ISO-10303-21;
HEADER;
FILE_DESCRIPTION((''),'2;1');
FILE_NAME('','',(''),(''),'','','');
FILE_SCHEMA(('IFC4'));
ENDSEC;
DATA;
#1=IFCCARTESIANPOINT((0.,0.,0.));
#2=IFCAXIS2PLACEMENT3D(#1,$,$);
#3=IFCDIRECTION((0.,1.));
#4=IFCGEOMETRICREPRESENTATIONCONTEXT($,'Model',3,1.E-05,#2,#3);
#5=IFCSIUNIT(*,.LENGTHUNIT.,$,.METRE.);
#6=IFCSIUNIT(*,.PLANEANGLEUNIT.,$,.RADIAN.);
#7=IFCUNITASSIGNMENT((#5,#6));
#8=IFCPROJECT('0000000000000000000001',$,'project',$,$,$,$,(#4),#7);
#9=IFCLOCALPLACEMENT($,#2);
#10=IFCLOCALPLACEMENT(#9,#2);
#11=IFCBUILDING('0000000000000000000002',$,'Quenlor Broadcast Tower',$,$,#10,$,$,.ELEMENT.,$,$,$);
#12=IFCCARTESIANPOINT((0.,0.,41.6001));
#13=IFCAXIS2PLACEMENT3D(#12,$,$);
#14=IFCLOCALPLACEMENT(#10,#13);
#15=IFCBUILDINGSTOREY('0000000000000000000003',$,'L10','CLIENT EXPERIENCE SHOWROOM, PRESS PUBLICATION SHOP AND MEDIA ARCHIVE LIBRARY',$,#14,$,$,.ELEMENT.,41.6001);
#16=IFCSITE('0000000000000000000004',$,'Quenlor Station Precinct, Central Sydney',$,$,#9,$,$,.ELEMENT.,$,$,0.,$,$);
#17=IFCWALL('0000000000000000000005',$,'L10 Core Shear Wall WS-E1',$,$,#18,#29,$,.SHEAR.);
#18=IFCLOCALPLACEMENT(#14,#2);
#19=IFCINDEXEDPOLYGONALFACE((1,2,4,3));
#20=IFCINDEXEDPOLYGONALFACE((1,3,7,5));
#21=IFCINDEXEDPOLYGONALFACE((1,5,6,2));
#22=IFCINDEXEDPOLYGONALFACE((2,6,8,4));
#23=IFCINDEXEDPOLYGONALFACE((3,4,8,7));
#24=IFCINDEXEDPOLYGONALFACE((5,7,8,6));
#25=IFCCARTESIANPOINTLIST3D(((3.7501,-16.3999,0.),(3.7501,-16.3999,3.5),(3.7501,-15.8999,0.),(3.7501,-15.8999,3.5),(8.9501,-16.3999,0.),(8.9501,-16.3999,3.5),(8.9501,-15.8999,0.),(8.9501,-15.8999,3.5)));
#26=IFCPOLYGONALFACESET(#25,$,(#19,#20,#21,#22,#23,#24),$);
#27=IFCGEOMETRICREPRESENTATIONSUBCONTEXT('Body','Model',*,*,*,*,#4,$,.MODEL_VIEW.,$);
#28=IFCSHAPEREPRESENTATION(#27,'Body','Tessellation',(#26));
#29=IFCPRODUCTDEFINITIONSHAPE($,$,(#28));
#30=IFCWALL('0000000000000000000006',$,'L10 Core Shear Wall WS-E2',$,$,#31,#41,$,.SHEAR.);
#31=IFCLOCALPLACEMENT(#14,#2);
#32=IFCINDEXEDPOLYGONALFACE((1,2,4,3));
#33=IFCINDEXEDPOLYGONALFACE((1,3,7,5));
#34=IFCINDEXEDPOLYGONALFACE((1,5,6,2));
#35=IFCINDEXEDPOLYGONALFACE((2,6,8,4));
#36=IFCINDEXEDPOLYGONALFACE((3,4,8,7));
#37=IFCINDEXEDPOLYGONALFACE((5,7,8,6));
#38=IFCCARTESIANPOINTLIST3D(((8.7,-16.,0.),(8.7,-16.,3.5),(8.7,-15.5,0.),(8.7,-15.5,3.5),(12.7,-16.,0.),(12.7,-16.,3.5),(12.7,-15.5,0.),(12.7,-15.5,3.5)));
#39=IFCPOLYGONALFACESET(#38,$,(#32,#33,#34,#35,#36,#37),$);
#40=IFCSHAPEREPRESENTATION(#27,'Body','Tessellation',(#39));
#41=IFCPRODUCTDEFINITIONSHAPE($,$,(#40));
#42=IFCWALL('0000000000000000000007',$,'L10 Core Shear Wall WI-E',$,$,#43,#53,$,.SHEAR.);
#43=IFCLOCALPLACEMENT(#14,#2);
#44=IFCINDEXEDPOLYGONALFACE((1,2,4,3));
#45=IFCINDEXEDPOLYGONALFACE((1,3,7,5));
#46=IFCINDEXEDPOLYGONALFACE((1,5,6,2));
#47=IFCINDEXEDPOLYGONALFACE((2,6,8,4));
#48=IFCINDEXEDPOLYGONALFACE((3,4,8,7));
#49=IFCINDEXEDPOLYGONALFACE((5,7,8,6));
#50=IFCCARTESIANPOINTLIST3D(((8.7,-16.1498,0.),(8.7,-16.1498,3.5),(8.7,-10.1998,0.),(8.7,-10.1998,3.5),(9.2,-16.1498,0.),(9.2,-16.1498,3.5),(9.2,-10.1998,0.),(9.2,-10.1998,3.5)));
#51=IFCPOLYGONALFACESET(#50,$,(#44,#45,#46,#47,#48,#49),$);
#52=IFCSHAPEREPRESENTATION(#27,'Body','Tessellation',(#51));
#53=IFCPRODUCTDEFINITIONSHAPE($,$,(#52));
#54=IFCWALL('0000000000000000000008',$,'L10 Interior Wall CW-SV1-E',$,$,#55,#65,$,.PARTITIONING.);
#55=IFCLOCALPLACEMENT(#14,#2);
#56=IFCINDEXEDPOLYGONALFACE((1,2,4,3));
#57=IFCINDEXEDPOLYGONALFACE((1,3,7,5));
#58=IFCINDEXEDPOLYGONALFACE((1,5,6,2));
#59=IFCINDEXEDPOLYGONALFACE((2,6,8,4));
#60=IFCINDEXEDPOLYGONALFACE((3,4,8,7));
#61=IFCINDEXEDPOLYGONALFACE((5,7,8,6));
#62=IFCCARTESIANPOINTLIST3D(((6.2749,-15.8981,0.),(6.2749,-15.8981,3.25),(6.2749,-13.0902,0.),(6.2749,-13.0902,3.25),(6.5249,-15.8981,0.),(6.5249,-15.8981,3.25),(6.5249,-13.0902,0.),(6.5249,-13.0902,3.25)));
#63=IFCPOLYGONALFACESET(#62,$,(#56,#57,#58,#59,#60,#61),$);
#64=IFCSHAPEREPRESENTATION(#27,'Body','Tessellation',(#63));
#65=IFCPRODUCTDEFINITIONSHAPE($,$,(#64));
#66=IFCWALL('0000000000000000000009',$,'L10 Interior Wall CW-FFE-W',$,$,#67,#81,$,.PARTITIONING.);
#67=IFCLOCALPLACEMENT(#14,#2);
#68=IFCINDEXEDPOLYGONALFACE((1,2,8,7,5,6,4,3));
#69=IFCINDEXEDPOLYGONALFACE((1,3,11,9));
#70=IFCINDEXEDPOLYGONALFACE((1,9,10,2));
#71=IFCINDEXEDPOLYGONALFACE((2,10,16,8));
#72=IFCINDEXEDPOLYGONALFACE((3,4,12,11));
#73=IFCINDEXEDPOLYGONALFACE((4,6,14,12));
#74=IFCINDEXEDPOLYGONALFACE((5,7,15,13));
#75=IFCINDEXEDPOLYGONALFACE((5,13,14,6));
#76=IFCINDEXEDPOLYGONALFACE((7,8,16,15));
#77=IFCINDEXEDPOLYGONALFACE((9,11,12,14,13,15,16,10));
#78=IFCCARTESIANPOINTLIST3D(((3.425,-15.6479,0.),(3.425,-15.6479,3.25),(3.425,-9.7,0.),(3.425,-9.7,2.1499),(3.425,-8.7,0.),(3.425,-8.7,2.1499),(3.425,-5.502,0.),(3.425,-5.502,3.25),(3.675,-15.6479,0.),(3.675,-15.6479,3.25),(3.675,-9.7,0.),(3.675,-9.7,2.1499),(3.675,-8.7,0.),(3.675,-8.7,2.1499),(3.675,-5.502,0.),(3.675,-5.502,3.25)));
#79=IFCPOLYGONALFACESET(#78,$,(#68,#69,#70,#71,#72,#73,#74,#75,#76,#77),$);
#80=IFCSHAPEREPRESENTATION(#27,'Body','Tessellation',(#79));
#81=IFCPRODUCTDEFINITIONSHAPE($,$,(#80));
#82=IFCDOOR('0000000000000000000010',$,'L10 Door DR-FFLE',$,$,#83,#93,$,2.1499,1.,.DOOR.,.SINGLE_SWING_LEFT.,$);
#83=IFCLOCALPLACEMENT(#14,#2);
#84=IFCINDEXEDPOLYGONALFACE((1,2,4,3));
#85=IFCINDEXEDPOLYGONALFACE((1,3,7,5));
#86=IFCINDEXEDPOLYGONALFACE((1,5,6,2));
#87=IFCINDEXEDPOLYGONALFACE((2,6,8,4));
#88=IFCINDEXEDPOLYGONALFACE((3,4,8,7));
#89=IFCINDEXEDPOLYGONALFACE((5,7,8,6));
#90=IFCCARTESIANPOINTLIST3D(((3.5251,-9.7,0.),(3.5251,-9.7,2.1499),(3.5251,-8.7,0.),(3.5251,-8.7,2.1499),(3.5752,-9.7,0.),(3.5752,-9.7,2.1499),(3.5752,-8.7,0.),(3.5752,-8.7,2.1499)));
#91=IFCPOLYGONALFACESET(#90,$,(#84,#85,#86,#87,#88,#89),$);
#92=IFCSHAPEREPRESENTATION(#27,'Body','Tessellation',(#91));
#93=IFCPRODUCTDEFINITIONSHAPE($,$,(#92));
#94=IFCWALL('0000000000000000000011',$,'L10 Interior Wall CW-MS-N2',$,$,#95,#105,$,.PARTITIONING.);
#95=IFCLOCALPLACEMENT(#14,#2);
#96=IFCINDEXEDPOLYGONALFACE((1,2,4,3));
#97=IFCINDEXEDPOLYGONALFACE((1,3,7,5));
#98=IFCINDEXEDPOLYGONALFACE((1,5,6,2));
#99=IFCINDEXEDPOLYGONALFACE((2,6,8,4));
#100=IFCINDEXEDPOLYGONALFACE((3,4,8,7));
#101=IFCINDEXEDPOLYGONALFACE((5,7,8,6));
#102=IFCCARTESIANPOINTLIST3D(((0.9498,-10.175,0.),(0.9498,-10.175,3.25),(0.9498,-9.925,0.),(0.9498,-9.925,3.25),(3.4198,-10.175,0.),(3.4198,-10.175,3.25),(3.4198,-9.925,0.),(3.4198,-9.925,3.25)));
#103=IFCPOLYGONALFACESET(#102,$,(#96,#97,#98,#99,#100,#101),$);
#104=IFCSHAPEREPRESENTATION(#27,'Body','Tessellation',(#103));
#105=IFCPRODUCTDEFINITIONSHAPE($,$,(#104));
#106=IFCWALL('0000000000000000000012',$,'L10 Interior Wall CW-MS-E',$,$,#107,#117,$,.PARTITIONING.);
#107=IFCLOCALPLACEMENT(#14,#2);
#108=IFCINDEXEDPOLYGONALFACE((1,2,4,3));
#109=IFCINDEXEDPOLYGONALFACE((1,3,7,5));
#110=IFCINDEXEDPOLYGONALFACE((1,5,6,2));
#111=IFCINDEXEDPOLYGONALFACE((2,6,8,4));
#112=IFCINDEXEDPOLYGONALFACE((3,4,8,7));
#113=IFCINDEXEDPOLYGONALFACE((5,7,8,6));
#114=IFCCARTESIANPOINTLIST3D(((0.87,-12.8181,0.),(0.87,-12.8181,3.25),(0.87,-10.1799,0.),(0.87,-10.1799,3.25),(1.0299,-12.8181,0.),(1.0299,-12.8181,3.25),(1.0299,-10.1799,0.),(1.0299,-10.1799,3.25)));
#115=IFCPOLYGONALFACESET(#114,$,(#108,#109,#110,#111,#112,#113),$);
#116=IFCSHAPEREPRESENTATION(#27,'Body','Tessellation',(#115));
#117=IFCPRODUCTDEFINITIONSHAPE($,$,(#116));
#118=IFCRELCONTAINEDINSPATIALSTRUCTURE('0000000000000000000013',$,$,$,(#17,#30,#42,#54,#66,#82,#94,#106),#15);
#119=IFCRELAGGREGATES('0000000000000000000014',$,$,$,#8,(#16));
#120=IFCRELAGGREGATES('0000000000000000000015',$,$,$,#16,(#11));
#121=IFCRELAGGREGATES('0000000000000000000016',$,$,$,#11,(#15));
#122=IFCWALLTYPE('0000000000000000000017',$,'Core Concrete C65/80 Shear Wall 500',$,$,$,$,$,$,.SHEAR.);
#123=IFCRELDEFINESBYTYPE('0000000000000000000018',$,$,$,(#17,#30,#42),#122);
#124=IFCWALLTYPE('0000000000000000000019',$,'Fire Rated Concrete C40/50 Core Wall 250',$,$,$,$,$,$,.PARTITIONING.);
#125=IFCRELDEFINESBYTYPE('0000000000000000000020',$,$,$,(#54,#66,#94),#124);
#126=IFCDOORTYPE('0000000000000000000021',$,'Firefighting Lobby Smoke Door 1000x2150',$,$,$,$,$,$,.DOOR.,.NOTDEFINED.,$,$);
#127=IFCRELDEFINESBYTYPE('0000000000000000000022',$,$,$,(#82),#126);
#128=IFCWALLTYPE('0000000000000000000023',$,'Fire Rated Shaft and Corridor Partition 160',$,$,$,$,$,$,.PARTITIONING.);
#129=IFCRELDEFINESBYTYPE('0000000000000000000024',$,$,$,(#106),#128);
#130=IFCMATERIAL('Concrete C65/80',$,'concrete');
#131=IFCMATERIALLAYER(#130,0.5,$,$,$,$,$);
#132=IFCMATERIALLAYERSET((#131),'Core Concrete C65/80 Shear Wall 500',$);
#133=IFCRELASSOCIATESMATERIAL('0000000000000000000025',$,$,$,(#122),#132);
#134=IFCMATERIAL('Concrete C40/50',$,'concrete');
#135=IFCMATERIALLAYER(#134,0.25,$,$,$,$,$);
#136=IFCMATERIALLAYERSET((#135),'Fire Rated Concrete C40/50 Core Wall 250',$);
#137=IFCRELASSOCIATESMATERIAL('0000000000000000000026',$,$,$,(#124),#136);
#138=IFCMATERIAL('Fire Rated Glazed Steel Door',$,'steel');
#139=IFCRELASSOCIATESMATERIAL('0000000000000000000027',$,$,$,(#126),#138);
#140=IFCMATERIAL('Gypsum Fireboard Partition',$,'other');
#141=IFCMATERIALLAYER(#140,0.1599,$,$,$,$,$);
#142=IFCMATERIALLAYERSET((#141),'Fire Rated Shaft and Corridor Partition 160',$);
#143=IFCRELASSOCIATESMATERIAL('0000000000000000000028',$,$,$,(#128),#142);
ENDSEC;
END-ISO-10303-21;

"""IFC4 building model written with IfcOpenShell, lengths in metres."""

from ifc_helpers import new_model, si_unit, direction, frame, frame_2d, origin, place, context, subcontext, project, spatial, rectangle, extrude, material, layer, layer_set, type_object, element, fill, save


model = new_model("IFC4")

# Units and contexts
model_context = context("Model", 3, precision=1e-05, world=origin(), true_north=direction((0.0, 1.0)))
body_context = subcontext(model_context, "Body", "Model", "MODEL_VIEW")
ifc_project = project(units=[si_unit("LENGTHUNIT", "METRE"), si_unit("PLANEANGLEUNIT", "RADIAN")], contexts=[model_context])

# Site, building, storey
site_placement = place(None, origin())
site = spatial("IfcSite", under=ifc_project, at=site_placement, Name="Quenlor Station Precinct, Central Sydney", CompositionType="ELEMENT", RefElevation=0.0)
building_placement = place(site_placement, origin())
building = spatial("IfcBuilding", under=site, at=building_placement, Name="Quenlor Broadcast Tower", CompositionType="ELEMENT")
storey_placement = place(building_placement, frame((0.0, 0.0, 41.6001)))
storey = spatial("IfcBuildingStorey", under=building, at=storey_placement, Name="L10", Description="CLIENT EXPERIENCE SHOWROOM, PRESS PUBLICATION SHOP AND MEDIA ARCHIVE LIBRARY", CompositionType="ELEMENT", Elevation=41.6001)

# Walls
ifc_material_1 = material(Name="Concrete C65/80", Category="concrete")
ifc_layer_1 = layer(ifc_material_1, 0.5)
ifc_layer_set_1 = layer_set([ifc_layer_1], Name="Core Concrete C65/80 Shear Wall 500")
wall_type_1 = type_object("IfcWallType", Name="Core Concrete C65/80 Shear Wall 500", PredefinedType="SHEAR", material=ifc_layer_set_1)
wall_1_placement = place(storey_placement, frame((3.75, -16.1499, 0.0), z_axis=(0.0, 0.0, 1.0), x_axis=(1.0, 0.0, 0.0)))
element("IfcWall", 1, at=wall_1_placement, inside=storey, type_object=wall_type_1, Name="L10 Core Shear Wall WS-E1", PredefinedType="SHEAR", context=body_context, shape_type="SweptSolid", body=[
    extrude(rectangle(XDim=5.2, YDim=0.5, at=frame_2d((2.6001, 0.0))), origin(), (0.0, 0.0, 1.0), 3.5),
])
wall_2_placement = place(storey_placement, frame((8.7, -15.75, 0.0), z_axis=(0.0, 0.0, 1.0), x_axis=(1.0, 0.0, 0.0)))
element("IfcWall", 2, at=wall_2_placement, inside=storey, type_object=wall_type_1, Name="L10 Core Shear Wall WS-E2", PredefinedType="SHEAR", context=body_context, shape_type="SweptSolid", body=[
    extrude(rectangle(XDim=4.0, YDim=0.5, at=frame_2d((2.0, 0.0))), origin(), (0.0, 0.0, 1.0), 3.5),
])
wall_3_placement = place(storey_placement, frame((8.95, -16.1499, 0.0), z_axis=(0.0, 0.0, 1.0), x_axis=(0.0, 1.0, 0.0)))
element("IfcWall", 3, at=wall_3_placement, inside=storey, type_object=wall_type_1, Name="L10 Core Shear Wall WI-E", PredefinedType="SHEAR", context=body_context, shape_type="SweptSolid", body=[
    extrude(rectangle(XDim=5.95, YDim=0.5, at=frame_2d((2.9751, 0.0))), origin(), (0.0, 0.0, 1.0), 3.5),
])

# Shared definitions
ifc_material_2 = material(Name="Concrete C40/50", Category="concrete")
ifc_layer_2 = layer(ifc_material_2, 0.25)
ifc_layer_set_2 = layer_set([ifc_layer_2], Name="Fire Rated Concrete C40/50 Core Wall 250")
wall_type_2 = type_object("IfcWallType", Name="Fire Rated Concrete C40/50 Core Wall 250", PredefinedType="PARTITIONING", material=ifc_layer_set_2)

# Wall
wall_4_placement = place(storey_placement, frame((6.3999, -15.8979, 0.0), z_axis=(0.0, 0.0, 1.0), x_axis=(0.0, 1.0, 0.0)))
element("IfcWall", 4, at=wall_4_placement, inside=storey, type_object=wall_type_2, Name="L10 Interior Wall CW-SV1-E", PredefinedType="PARTITIONING", context=body_context, shape_type="SweptSolid", body=[
    extrude(rectangle(XDim=2.8079, YDim=0.25, at=frame_2d((1.4038, 0.0))), origin(), (0.0, 0.0, 1.0), 3.25),
])

# Wall, opening, door
wall_5_placement = place(storey_placement, frame((3.55, -15.6479, 0.0), z_axis=(0.0, 0.0, 1.0), x_axis=(0.0, 1.0, 0.0)))
wall_5 = element("IfcWall", 5, at=wall_5_placement, inside=storey, type_object=wall_type_2, Name="L10 Interior Wall CW-FFE-W", PredefinedType="PARTITIONING", context=body_context, shape_type="SweptSolid", body=[
    extrude(rectangle(XDim=10.146, YDim=0.25, at=frame_2d((5.073, 0.0))), origin(), (0.0, 0.0, 1.0), 3.25),
])
opening_1_placement = place(wall_5_placement, frame((5.948, 0.0, 0.0)))
opening_1 = element("IfcOpeningElement", 6, at=opening_1_placement, cuts=wall_5, PredefinedType="OPENING", context=body_context, shape_type="SweptSolid", body=[
    extrude(rectangle(XDim=1.0, YDim=2.1499, at=frame_2d((0.5, 1.075))), frame((0.0, 0.135, 0.0), z_axis=(0.0, -1.0, 0.0), x_axis=(1.0, 0.0, 0.0)), (0.0, 0.0, 1.0), 0.27),
])
ifc_material_3 = material(Name="Fire Rated Glazed Steel Door", Category="steel")
door_type_1 = type_object("IfcDoorType", Name="Firefighting Lobby Smoke Door 1000x2150", OperationType="NOTDEFINED", PredefinedType="DOOR", material=ifc_material_3)
door_1_placement = place(opening_1_placement, origin())
door_1 = element("IfcDoor", 7, at=door_1_placement, inside=storey, type_object=door_type_1, Name="L10 Door DR-FFLE", OperationType="SINGLE_SWING_LEFT", OverallHeight=2.1499, OverallWidth=1.0, PredefinedType="DOOR", context=body_context, shape_type="SweptSolid", body=[
    extrude(rectangle(XDim=1.0, YDim=2.1499, at=frame_2d((0.5, 1.075))), frame((0.0, 0.0249, 0.0), z_axis=(0.0, -1.0, 0.0), x_axis=(1.0, 0.0, 0.0)), (0.0, 0.0, 1.0), 0.05),
])
fill(opening_1, door_1)

# Walls
wall_6_placement = place(storey_placement, frame((0.95, -10.05, 0.0), z_axis=(0.0, 0.0, 1.0), x_axis=(1.0, 0.0, 0.0)))
element("IfcWall", 8, at=wall_6_placement, inside=storey, type_object=wall_type_2, Name="L10 Interior Wall CW-MS-N2", PredefinedType="PARTITIONING", context=body_context, shape_type="SweptSolid", body=[
    extrude(rectangle(XDim=2.47, YDim=0.25, at=frame_2d((1.2349, 0.0))), origin(), (0.0, 0.0, 1.0), 3.25),
])
ifc_material_4 = material(Name="Gypsum Fireboard Partition", Category="other")
ifc_layer_3 = layer(ifc_material_4, 0.1599)
ifc_layer_set_3 = layer_set([ifc_layer_3], Name="Fire Rated Shaft and Corridor Partition 160")
wall_type_3 = type_object("IfcWallType", Name="Fire Rated Shaft and Corridor Partition 160", PredefinedType="PARTITIONING", material=ifc_layer_set_3)
wall_7_placement = place(storey_placement, frame((0.95, -12.8181, 0.0), z_axis=(0.0, 0.0, 1.0), x_axis=(0.0, 1.0, 0.0)))
element("IfcWall", 9, at=wall_7_placement, inside=storey, type_object=wall_type_3, Name="L10 Interior Wall CW-MS-E", PredefinedType="PARTITIONING", context=body_context, shape_type="SweptSolid", body=[
    extrude(rectangle(XDim=2.6382, YDim=0.1599, at=frame_2d((1.3191, 0.0))), origin(), (0.0, 0.0, 1.0), 3.25),
])

save(model, "model.ifc")
